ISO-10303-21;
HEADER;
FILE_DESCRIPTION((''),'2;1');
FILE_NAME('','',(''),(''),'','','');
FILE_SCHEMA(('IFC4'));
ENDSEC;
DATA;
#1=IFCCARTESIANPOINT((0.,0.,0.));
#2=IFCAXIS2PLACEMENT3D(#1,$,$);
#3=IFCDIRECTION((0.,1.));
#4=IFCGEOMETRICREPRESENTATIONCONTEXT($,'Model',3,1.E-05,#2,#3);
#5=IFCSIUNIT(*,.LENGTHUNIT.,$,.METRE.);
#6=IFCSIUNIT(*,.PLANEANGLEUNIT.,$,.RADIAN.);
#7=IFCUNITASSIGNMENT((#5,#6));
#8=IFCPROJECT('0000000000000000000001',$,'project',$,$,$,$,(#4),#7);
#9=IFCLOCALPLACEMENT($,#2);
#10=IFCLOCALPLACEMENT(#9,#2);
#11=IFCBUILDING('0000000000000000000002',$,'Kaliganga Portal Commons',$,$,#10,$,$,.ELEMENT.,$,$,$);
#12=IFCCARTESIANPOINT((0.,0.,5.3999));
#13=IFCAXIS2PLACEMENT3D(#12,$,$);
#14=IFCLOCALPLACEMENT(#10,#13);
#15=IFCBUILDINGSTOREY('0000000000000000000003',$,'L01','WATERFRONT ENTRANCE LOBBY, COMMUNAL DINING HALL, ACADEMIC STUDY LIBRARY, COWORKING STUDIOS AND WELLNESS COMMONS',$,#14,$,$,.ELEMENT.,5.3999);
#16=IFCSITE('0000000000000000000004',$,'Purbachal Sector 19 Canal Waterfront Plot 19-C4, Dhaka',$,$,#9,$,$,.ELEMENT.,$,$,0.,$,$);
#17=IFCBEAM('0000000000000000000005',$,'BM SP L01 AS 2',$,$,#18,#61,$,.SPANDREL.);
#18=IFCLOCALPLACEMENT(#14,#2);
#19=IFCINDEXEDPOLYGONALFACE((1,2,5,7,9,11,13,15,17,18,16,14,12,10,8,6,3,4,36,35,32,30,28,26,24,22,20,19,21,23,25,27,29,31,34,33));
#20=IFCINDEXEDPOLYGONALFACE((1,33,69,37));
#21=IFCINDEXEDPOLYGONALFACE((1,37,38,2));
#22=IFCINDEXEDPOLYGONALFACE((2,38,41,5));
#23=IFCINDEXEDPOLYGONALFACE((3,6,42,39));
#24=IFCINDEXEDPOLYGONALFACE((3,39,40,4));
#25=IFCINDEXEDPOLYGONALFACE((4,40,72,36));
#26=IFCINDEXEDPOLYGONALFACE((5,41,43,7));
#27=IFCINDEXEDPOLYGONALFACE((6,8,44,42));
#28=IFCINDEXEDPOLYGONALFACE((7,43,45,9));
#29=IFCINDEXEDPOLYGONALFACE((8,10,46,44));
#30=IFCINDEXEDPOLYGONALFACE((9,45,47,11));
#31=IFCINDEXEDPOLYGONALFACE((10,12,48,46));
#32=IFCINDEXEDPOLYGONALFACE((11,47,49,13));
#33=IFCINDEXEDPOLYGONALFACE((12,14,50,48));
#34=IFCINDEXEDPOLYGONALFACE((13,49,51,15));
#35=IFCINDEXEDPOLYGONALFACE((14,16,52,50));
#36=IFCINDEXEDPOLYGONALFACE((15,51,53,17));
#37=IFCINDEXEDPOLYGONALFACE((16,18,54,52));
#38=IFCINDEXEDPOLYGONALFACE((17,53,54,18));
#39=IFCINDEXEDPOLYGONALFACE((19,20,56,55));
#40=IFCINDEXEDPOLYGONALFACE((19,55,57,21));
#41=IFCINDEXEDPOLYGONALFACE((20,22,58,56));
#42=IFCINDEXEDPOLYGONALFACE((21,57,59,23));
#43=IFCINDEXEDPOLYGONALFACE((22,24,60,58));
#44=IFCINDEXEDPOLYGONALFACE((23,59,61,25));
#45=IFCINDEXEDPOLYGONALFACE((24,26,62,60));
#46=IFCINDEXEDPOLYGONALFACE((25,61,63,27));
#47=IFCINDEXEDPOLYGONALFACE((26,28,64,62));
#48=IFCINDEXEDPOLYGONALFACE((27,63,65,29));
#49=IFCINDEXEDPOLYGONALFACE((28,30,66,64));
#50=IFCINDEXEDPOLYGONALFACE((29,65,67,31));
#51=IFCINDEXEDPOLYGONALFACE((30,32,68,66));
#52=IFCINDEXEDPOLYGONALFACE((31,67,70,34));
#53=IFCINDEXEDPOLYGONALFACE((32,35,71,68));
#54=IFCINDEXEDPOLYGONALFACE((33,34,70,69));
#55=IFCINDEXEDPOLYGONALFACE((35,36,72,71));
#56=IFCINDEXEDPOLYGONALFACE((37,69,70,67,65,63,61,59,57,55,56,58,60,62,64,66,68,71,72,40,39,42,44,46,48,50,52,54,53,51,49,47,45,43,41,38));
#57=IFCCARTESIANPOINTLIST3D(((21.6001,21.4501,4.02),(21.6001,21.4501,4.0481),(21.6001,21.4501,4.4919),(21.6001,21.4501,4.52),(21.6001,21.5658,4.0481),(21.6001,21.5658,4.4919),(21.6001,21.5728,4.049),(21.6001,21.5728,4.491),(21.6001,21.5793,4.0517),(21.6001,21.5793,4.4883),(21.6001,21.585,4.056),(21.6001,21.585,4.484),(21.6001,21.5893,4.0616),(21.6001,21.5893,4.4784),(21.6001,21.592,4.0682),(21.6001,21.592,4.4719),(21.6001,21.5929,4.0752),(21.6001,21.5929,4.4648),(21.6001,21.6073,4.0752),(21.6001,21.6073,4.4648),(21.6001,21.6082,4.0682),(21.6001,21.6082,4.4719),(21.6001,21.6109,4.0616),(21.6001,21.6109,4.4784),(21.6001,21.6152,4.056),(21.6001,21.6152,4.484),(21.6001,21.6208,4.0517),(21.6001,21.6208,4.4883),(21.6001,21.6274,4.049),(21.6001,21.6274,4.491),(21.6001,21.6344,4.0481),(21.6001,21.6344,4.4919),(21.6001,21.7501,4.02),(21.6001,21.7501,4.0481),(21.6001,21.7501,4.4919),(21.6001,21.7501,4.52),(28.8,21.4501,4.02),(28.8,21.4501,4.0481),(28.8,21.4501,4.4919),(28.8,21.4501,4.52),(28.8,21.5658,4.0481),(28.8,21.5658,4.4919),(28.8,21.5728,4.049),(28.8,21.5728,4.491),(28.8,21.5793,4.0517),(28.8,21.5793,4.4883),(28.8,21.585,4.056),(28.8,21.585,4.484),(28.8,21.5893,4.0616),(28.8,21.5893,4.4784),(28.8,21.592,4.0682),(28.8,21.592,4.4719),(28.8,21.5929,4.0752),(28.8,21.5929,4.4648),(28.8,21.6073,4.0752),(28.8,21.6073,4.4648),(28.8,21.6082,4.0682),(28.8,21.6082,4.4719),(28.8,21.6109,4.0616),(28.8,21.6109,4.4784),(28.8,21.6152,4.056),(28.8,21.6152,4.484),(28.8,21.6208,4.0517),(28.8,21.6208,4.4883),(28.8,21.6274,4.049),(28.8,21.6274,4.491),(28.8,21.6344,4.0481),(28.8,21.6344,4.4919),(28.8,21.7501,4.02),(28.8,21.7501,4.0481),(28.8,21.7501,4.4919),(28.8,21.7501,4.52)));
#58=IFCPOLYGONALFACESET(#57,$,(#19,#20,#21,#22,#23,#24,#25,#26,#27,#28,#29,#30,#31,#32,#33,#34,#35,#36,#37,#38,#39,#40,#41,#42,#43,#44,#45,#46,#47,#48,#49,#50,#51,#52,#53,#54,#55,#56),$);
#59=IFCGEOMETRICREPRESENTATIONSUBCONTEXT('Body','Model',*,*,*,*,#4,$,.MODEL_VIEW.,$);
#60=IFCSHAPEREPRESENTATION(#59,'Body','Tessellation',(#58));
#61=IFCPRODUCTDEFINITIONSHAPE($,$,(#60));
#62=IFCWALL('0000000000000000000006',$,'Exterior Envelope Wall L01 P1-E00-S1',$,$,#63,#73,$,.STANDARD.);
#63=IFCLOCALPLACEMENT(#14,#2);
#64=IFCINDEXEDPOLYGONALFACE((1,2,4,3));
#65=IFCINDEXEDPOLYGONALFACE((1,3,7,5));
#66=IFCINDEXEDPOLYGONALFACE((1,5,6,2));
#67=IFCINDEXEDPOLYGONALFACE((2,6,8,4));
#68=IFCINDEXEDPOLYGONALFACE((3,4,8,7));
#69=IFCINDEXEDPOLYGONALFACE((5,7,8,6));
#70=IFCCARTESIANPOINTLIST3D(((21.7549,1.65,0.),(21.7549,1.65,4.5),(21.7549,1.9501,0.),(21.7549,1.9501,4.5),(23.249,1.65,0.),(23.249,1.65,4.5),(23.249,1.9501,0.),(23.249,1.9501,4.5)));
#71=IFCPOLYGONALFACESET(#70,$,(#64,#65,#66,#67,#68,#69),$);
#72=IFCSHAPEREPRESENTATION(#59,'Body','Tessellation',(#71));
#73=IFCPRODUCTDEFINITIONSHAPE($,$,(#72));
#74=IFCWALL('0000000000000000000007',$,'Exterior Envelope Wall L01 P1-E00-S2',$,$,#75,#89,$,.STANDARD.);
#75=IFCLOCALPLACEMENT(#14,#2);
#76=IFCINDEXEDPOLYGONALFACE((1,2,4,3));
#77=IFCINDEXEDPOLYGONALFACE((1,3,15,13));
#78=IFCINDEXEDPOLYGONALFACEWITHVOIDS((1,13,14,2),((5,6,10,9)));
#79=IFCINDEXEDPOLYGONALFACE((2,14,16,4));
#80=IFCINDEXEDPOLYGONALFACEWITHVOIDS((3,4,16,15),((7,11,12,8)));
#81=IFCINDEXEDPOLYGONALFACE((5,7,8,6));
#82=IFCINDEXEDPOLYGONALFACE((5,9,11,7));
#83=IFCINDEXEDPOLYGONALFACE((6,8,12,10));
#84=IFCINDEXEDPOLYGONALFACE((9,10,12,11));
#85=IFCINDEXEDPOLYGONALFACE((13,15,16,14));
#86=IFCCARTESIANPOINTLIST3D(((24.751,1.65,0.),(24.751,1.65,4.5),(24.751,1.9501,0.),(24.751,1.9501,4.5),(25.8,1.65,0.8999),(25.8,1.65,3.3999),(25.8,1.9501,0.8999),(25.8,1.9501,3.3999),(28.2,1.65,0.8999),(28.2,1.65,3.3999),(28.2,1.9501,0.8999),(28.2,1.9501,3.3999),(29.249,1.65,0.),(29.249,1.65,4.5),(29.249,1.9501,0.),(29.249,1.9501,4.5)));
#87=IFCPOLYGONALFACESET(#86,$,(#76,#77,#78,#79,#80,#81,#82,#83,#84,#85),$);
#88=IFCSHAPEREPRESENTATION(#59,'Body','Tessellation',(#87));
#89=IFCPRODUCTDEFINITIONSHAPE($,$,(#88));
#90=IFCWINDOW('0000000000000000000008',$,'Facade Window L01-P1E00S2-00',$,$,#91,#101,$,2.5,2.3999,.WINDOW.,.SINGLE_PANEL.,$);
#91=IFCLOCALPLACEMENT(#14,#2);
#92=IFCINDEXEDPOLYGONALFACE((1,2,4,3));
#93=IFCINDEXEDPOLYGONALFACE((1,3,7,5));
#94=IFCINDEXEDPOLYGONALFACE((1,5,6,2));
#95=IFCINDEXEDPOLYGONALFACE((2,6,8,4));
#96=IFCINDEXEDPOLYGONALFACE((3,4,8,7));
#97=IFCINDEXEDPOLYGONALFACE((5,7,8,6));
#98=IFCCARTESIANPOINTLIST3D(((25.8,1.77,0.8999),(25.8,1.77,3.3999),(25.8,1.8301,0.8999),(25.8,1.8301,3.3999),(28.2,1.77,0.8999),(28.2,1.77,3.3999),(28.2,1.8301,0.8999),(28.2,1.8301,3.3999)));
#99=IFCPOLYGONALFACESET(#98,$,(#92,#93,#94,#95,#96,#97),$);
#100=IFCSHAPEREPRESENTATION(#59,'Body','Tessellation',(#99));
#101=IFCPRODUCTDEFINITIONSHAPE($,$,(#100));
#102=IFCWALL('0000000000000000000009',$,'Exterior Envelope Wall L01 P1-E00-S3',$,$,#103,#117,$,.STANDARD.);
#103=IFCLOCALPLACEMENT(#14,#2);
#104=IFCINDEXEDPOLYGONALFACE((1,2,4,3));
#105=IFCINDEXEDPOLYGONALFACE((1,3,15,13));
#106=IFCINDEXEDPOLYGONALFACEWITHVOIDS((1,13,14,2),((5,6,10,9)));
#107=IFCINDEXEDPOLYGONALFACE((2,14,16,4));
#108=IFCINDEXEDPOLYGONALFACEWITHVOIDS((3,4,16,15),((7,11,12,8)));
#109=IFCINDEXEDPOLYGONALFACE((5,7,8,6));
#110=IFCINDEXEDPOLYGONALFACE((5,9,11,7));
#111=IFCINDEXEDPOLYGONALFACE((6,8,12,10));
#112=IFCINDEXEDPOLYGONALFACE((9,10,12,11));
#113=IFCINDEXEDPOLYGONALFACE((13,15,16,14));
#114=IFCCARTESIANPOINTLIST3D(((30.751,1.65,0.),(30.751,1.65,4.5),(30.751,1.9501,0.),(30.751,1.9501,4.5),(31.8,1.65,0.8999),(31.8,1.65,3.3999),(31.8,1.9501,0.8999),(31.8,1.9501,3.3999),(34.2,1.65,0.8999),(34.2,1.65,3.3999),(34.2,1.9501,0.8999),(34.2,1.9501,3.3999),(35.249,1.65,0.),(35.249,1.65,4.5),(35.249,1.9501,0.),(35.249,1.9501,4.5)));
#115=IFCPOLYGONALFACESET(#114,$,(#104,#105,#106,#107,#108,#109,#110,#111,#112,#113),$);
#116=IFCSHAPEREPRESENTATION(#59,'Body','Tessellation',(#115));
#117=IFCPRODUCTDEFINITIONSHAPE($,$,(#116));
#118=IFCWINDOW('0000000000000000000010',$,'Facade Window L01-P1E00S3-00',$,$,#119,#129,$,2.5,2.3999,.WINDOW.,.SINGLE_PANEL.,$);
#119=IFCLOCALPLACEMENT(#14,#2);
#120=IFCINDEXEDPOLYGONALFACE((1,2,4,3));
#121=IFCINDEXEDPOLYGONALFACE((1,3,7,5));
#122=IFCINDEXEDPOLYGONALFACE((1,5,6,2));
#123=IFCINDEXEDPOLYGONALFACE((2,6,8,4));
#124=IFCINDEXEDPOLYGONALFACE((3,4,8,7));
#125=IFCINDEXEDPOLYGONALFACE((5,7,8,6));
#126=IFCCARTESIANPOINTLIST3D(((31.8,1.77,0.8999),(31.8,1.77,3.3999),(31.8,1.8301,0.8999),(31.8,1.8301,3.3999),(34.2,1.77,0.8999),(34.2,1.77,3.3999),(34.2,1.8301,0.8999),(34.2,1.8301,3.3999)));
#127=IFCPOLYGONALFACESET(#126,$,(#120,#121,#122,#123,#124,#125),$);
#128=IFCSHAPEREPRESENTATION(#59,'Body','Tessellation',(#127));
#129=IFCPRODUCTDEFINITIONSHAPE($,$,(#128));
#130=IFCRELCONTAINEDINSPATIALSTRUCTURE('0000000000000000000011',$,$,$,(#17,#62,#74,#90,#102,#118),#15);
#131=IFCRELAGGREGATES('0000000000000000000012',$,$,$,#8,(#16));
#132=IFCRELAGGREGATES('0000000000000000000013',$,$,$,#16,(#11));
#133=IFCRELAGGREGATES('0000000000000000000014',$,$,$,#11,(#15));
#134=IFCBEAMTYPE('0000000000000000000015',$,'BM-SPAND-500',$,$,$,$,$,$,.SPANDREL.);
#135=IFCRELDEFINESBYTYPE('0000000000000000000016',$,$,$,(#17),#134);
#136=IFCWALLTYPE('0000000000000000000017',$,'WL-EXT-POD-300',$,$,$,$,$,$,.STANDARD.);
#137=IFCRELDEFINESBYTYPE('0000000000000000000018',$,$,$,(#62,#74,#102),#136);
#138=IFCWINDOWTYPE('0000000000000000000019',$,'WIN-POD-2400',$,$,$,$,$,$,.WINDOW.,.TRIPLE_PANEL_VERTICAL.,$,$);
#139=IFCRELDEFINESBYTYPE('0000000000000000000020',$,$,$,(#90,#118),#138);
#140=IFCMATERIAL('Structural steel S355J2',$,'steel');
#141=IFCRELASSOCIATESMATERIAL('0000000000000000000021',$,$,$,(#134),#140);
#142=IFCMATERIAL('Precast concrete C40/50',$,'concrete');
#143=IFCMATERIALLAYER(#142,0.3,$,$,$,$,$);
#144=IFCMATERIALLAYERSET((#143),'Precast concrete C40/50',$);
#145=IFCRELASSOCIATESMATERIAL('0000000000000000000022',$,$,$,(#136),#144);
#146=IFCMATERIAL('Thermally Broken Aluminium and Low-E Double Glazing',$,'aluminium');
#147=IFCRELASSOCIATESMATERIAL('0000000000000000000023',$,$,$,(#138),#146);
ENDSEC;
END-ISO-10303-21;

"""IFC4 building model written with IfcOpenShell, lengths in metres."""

from ifc_helpers import new_model, si_unit, direction, frame, frame_2d, origin, origin_2d, place, context, subcontext, project, spatial, rectangle, i_section, extrude, source, transform, mapped, material, layer, layer_set, material_profile, profile_set, type_object, element, fill, save


model = new_model("IFC4")

# Units and contexts
model_context = context("Model", 3, precision=1e-05, world=origin(), true_north=direction((0.0, 1.0)))
body_context = subcontext(model_context, "Body", "Model", "MODEL_VIEW")
ifc_project = project(units=[si_unit("LENGTHUNIT", "METRE"), si_unit("PLANEANGLEUNIT", "RADIAN")], contexts=[model_context])

# Site, building, storey
site_placement = place(None, origin())
site = spatial("IfcSite", under=ifc_project, at=site_placement, Name="Purbachal Sector 19 Canal Waterfront Plot 19-C4, Dhaka", CompositionType="ELEMENT", RefElevation=0.0)
building_placement = place(site_placement, origin())
building = spatial("IfcBuilding", under=site, at=building_placement, Name="Kaliganga Portal Commons", CompositionType="ELEMENT")
storey_placement = place(building_placement, frame((0.0, 0.0, 5.3999)))
storey = spatial("IfcBuildingStorey", under=building, at=storey_placement, Name="L01", Description="WATERFRONT ENTRANCE LOBBY, COMMUNAL DINING HALL, ACADEMIC STUDY LIBRARY, COWORKING STUDIOS AND WELLNESS COMMONS", CompositionType="ELEMENT", Elevation=5.3999)

# Beam
ifc_material_1 = material(Name="Structural steel S355J2", Category="steel")
ifc_material_profile_1 = material_profile(ifc_material_1, i_section(OverallWidth=0.3, OverallDepth=0.5, WebThickness=0.0144, FlangeThickness=0.0281, FilletRadius=0.0271, at=origin_2d()), Name="HE 500 B")
ifc_profile_set_1 = profile_set([ifc_material_profile_1], Name="Structural steel S355J2 wide-flange")
beam_type_1 = type_object("IfcBeamType", Name="BM-SPAND-500", PredefinedType="SPANDREL", material=ifc_profile_set_1)
shared_shape_1 = source(origin(), body_context, "Body", "SweptSolid", [
    extrude(i_section(OverallWidth=0.3, OverallDepth=0.5, WebThickness=0.0144, FlangeThickness=0.0281, FilletRadius=0.0271, at=origin_2d()), origin(), (0.0, 0.0, 1.0), 7.2),
])
beam_1_placement = place(storey_placement, frame((21.6001, 21.6001, 4.27), z_axis=(1.0, 0.0, 0.0), x_axis=(0.0, 1.0, 0.0)))
element("IfcBeam", 1, at=beam_1_placement, inside=storey, type_object=beam_type_1, Name="BM SP L01 AS 2", PredefinedType="SPANDREL", context=body_context, shape_type="MappedRepresentation", body=[
    mapped(shared_shape_1, transform((0.0, 0.0, 0.0), x_axis=(1.0, 0.0, 0.0), y_axis=(0.0, 1.0, 0.0), z_axis=(0.0, 0.0, 1.0), scale=1.0)),
])

# Wall
ifc_material_2 = material(Name="Precast concrete C40/50", Category="concrete")
ifc_layer_1 = layer(ifc_material_2, 0.3)
ifc_layer_set_1 = layer_set([ifc_layer_1], Name="Precast concrete C40/50")
wall_type_1 = type_object("IfcWallType", Name="WL-EXT-POD-300", PredefinedType="STANDARD", material=ifc_layer_set_1)
wall_1_placement = place(storey_placement, frame((23.249, 1.8, 0.0), z_axis=(0.0, 0.0, 1.0), x_axis=(-1.0, 0.0, 0.0)))
element("IfcWall", 2, at=wall_1_placement, inside=storey, type_object=wall_type_1, Name="Exterior Envelope Wall L01 P1-E00-S1", PredefinedType="STANDARD", context=body_context, shape_type="SweptSolid", body=[
    extrude(rectangle(XDim=1.4941, YDim=0.3, at=frame_2d((0.7471, 0.0))), origin(), (0.0, 0.0, 1.0), 4.5),
])

# Walls, openings, windows
wall_2_placement = place(storey_placement, frame((29.249, 1.8, 0.0), z_axis=(0.0, 0.0, 1.0), x_axis=(-1.0, 0.0, 0.0)))
wall_2 = element("IfcWall", 3, at=wall_2_placement, inside=storey, type_object=wall_type_1, Name="Exterior Envelope Wall L01 P1-E00-S2", PredefinedType="STANDARD", context=body_context, shape_type="SweptSolid", body=[
    extrude(rectangle(XDim=4.498, YDim=0.3, at=frame_2d((2.249, 0.0))), origin(), (0.0, 0.0, 1.0), 4.5),
])
opening_1_placement = place(wall_2_placement, frame((1.0491, 0.0, 0.8999)))
opening_1 = element("IfcOpeningElement", 4, at=opening_1_placement, cuts=wall_2, PredefinedType="OPENING", context=body_context, shape_type="SweptSolid", body=[
    extrude(rectangle(XDim=2.3999, YDim=2.5, at=frame_2d((1.2, 1.25))), frame((0.0, 0.1602, 0.0), z_axis=(0.0, -1.0, 0.0), x_axis=(1.0, 0.0, 0.0)), (0.0, 0.0, 1.0), 0.3201),
])
ifc_material_3 = material(Name="Thermally Broken Aluminium and Low-E Double Glazing", Category="aluminium")
window_type = type_object("IfcWindowType", Name="WIN-POD-2400", PartitioningType="TRIPLE_PANEL_VERTICAL", PredefinedType="WINDOW", material=ifc_material_3)
window_1_placement = place(opening_1_placement, origin())
window_1 = element("IfcWindow", 5, at=window_1_placement, inside=storey, type_object=window_type, Name="Facade Window L01-P1E00S2-00", OverallHeight=2.5, OverallWidth=2.3999, PartitioningType="SINGLE_PANEL", PredefinedType="WINDOW", context=body_context, shape_type="SweptSolid", body=[
    extrude(rectangle(XDim=2.3999, YDim=2.5, at=frame_2d((1.2, 1.25))), frame((0.0, 0.03, 0.0), z_axis=(0.0, -1.0, 0.0), x_axis=(1.0, 0.0, 0.0)), (0.0, 0.0, 1.0), 0.0601),
])
fill(opening_1, window_1)
wall_3_placement = place(storey_placement, frame((35.249, 1.8, 0.0), z_axis=(0.0, 0.0, 1.0), x_axis=(-1.0, 0.0, 0.0)))
wall_3 = element("IfcWall", 6, at=wall_3_placement, inside=storey, type_object=wall_type_1, Name="Exterior Envelope Wall L01 P1-E00-S3", PredefinedType="STANDARD", context=body_context, shape_type="SweptSolid", body=[
    extrude(rectangle(XDim=4.498, YDim=0.3, at=frame_2d((2.249, 0.0))), origin(), (0.0, 0.0, 1.0), 4.5),
])
opening_2_placement = place(wall_3_placement, frame((1.0491, 0.0, 0.8999)))
opening_2 = element("IfcOpeningElement", 7, at=opening_2_placement, cuts=wall_3, PredefinedType="OPENING", context=body_context, shape_type="SweptSolid", body=[
    extrude(rectangle(XDim=2.3999, YDim=2.5, at=frame_2d((1.2, 1.25))), frame((0.0, 0.1602, 0.0), z_axis=(0.0, -1.0, 0.0), x_axis=(1.0, 0.0, 0.0)), (0.0, 0.0, 1.0), 0.3201),
])
window_2_placement = place(opening_2_placement, origin())
window_2 = element("IfcWindow", 8, at=window_2_placement, inside=storey, type_object=window_type, Name="Facade Window L01-P1E00S3-00", OverallHeight=2.5, OverallWidth=2.3999, PartitioningType="SINGLE_PANEL", PredefinedType="WINDOW", context=body_context, shape_type="SweptSolid", body=[
    extrude(rectangle(XDim=2.3999, YDim=2.5, at=frame_2d((1.2, 1.25))), frame((0.0, 0.03, 0.0), z_axis=(0.0, -1.0, 0.0), x_axis=(1.0, 0.0, 0.0)), (0.0, 0.0, 1.0), 0.0601),
])
fill(opening_2, window_2)

save(model, "model.ifc")
